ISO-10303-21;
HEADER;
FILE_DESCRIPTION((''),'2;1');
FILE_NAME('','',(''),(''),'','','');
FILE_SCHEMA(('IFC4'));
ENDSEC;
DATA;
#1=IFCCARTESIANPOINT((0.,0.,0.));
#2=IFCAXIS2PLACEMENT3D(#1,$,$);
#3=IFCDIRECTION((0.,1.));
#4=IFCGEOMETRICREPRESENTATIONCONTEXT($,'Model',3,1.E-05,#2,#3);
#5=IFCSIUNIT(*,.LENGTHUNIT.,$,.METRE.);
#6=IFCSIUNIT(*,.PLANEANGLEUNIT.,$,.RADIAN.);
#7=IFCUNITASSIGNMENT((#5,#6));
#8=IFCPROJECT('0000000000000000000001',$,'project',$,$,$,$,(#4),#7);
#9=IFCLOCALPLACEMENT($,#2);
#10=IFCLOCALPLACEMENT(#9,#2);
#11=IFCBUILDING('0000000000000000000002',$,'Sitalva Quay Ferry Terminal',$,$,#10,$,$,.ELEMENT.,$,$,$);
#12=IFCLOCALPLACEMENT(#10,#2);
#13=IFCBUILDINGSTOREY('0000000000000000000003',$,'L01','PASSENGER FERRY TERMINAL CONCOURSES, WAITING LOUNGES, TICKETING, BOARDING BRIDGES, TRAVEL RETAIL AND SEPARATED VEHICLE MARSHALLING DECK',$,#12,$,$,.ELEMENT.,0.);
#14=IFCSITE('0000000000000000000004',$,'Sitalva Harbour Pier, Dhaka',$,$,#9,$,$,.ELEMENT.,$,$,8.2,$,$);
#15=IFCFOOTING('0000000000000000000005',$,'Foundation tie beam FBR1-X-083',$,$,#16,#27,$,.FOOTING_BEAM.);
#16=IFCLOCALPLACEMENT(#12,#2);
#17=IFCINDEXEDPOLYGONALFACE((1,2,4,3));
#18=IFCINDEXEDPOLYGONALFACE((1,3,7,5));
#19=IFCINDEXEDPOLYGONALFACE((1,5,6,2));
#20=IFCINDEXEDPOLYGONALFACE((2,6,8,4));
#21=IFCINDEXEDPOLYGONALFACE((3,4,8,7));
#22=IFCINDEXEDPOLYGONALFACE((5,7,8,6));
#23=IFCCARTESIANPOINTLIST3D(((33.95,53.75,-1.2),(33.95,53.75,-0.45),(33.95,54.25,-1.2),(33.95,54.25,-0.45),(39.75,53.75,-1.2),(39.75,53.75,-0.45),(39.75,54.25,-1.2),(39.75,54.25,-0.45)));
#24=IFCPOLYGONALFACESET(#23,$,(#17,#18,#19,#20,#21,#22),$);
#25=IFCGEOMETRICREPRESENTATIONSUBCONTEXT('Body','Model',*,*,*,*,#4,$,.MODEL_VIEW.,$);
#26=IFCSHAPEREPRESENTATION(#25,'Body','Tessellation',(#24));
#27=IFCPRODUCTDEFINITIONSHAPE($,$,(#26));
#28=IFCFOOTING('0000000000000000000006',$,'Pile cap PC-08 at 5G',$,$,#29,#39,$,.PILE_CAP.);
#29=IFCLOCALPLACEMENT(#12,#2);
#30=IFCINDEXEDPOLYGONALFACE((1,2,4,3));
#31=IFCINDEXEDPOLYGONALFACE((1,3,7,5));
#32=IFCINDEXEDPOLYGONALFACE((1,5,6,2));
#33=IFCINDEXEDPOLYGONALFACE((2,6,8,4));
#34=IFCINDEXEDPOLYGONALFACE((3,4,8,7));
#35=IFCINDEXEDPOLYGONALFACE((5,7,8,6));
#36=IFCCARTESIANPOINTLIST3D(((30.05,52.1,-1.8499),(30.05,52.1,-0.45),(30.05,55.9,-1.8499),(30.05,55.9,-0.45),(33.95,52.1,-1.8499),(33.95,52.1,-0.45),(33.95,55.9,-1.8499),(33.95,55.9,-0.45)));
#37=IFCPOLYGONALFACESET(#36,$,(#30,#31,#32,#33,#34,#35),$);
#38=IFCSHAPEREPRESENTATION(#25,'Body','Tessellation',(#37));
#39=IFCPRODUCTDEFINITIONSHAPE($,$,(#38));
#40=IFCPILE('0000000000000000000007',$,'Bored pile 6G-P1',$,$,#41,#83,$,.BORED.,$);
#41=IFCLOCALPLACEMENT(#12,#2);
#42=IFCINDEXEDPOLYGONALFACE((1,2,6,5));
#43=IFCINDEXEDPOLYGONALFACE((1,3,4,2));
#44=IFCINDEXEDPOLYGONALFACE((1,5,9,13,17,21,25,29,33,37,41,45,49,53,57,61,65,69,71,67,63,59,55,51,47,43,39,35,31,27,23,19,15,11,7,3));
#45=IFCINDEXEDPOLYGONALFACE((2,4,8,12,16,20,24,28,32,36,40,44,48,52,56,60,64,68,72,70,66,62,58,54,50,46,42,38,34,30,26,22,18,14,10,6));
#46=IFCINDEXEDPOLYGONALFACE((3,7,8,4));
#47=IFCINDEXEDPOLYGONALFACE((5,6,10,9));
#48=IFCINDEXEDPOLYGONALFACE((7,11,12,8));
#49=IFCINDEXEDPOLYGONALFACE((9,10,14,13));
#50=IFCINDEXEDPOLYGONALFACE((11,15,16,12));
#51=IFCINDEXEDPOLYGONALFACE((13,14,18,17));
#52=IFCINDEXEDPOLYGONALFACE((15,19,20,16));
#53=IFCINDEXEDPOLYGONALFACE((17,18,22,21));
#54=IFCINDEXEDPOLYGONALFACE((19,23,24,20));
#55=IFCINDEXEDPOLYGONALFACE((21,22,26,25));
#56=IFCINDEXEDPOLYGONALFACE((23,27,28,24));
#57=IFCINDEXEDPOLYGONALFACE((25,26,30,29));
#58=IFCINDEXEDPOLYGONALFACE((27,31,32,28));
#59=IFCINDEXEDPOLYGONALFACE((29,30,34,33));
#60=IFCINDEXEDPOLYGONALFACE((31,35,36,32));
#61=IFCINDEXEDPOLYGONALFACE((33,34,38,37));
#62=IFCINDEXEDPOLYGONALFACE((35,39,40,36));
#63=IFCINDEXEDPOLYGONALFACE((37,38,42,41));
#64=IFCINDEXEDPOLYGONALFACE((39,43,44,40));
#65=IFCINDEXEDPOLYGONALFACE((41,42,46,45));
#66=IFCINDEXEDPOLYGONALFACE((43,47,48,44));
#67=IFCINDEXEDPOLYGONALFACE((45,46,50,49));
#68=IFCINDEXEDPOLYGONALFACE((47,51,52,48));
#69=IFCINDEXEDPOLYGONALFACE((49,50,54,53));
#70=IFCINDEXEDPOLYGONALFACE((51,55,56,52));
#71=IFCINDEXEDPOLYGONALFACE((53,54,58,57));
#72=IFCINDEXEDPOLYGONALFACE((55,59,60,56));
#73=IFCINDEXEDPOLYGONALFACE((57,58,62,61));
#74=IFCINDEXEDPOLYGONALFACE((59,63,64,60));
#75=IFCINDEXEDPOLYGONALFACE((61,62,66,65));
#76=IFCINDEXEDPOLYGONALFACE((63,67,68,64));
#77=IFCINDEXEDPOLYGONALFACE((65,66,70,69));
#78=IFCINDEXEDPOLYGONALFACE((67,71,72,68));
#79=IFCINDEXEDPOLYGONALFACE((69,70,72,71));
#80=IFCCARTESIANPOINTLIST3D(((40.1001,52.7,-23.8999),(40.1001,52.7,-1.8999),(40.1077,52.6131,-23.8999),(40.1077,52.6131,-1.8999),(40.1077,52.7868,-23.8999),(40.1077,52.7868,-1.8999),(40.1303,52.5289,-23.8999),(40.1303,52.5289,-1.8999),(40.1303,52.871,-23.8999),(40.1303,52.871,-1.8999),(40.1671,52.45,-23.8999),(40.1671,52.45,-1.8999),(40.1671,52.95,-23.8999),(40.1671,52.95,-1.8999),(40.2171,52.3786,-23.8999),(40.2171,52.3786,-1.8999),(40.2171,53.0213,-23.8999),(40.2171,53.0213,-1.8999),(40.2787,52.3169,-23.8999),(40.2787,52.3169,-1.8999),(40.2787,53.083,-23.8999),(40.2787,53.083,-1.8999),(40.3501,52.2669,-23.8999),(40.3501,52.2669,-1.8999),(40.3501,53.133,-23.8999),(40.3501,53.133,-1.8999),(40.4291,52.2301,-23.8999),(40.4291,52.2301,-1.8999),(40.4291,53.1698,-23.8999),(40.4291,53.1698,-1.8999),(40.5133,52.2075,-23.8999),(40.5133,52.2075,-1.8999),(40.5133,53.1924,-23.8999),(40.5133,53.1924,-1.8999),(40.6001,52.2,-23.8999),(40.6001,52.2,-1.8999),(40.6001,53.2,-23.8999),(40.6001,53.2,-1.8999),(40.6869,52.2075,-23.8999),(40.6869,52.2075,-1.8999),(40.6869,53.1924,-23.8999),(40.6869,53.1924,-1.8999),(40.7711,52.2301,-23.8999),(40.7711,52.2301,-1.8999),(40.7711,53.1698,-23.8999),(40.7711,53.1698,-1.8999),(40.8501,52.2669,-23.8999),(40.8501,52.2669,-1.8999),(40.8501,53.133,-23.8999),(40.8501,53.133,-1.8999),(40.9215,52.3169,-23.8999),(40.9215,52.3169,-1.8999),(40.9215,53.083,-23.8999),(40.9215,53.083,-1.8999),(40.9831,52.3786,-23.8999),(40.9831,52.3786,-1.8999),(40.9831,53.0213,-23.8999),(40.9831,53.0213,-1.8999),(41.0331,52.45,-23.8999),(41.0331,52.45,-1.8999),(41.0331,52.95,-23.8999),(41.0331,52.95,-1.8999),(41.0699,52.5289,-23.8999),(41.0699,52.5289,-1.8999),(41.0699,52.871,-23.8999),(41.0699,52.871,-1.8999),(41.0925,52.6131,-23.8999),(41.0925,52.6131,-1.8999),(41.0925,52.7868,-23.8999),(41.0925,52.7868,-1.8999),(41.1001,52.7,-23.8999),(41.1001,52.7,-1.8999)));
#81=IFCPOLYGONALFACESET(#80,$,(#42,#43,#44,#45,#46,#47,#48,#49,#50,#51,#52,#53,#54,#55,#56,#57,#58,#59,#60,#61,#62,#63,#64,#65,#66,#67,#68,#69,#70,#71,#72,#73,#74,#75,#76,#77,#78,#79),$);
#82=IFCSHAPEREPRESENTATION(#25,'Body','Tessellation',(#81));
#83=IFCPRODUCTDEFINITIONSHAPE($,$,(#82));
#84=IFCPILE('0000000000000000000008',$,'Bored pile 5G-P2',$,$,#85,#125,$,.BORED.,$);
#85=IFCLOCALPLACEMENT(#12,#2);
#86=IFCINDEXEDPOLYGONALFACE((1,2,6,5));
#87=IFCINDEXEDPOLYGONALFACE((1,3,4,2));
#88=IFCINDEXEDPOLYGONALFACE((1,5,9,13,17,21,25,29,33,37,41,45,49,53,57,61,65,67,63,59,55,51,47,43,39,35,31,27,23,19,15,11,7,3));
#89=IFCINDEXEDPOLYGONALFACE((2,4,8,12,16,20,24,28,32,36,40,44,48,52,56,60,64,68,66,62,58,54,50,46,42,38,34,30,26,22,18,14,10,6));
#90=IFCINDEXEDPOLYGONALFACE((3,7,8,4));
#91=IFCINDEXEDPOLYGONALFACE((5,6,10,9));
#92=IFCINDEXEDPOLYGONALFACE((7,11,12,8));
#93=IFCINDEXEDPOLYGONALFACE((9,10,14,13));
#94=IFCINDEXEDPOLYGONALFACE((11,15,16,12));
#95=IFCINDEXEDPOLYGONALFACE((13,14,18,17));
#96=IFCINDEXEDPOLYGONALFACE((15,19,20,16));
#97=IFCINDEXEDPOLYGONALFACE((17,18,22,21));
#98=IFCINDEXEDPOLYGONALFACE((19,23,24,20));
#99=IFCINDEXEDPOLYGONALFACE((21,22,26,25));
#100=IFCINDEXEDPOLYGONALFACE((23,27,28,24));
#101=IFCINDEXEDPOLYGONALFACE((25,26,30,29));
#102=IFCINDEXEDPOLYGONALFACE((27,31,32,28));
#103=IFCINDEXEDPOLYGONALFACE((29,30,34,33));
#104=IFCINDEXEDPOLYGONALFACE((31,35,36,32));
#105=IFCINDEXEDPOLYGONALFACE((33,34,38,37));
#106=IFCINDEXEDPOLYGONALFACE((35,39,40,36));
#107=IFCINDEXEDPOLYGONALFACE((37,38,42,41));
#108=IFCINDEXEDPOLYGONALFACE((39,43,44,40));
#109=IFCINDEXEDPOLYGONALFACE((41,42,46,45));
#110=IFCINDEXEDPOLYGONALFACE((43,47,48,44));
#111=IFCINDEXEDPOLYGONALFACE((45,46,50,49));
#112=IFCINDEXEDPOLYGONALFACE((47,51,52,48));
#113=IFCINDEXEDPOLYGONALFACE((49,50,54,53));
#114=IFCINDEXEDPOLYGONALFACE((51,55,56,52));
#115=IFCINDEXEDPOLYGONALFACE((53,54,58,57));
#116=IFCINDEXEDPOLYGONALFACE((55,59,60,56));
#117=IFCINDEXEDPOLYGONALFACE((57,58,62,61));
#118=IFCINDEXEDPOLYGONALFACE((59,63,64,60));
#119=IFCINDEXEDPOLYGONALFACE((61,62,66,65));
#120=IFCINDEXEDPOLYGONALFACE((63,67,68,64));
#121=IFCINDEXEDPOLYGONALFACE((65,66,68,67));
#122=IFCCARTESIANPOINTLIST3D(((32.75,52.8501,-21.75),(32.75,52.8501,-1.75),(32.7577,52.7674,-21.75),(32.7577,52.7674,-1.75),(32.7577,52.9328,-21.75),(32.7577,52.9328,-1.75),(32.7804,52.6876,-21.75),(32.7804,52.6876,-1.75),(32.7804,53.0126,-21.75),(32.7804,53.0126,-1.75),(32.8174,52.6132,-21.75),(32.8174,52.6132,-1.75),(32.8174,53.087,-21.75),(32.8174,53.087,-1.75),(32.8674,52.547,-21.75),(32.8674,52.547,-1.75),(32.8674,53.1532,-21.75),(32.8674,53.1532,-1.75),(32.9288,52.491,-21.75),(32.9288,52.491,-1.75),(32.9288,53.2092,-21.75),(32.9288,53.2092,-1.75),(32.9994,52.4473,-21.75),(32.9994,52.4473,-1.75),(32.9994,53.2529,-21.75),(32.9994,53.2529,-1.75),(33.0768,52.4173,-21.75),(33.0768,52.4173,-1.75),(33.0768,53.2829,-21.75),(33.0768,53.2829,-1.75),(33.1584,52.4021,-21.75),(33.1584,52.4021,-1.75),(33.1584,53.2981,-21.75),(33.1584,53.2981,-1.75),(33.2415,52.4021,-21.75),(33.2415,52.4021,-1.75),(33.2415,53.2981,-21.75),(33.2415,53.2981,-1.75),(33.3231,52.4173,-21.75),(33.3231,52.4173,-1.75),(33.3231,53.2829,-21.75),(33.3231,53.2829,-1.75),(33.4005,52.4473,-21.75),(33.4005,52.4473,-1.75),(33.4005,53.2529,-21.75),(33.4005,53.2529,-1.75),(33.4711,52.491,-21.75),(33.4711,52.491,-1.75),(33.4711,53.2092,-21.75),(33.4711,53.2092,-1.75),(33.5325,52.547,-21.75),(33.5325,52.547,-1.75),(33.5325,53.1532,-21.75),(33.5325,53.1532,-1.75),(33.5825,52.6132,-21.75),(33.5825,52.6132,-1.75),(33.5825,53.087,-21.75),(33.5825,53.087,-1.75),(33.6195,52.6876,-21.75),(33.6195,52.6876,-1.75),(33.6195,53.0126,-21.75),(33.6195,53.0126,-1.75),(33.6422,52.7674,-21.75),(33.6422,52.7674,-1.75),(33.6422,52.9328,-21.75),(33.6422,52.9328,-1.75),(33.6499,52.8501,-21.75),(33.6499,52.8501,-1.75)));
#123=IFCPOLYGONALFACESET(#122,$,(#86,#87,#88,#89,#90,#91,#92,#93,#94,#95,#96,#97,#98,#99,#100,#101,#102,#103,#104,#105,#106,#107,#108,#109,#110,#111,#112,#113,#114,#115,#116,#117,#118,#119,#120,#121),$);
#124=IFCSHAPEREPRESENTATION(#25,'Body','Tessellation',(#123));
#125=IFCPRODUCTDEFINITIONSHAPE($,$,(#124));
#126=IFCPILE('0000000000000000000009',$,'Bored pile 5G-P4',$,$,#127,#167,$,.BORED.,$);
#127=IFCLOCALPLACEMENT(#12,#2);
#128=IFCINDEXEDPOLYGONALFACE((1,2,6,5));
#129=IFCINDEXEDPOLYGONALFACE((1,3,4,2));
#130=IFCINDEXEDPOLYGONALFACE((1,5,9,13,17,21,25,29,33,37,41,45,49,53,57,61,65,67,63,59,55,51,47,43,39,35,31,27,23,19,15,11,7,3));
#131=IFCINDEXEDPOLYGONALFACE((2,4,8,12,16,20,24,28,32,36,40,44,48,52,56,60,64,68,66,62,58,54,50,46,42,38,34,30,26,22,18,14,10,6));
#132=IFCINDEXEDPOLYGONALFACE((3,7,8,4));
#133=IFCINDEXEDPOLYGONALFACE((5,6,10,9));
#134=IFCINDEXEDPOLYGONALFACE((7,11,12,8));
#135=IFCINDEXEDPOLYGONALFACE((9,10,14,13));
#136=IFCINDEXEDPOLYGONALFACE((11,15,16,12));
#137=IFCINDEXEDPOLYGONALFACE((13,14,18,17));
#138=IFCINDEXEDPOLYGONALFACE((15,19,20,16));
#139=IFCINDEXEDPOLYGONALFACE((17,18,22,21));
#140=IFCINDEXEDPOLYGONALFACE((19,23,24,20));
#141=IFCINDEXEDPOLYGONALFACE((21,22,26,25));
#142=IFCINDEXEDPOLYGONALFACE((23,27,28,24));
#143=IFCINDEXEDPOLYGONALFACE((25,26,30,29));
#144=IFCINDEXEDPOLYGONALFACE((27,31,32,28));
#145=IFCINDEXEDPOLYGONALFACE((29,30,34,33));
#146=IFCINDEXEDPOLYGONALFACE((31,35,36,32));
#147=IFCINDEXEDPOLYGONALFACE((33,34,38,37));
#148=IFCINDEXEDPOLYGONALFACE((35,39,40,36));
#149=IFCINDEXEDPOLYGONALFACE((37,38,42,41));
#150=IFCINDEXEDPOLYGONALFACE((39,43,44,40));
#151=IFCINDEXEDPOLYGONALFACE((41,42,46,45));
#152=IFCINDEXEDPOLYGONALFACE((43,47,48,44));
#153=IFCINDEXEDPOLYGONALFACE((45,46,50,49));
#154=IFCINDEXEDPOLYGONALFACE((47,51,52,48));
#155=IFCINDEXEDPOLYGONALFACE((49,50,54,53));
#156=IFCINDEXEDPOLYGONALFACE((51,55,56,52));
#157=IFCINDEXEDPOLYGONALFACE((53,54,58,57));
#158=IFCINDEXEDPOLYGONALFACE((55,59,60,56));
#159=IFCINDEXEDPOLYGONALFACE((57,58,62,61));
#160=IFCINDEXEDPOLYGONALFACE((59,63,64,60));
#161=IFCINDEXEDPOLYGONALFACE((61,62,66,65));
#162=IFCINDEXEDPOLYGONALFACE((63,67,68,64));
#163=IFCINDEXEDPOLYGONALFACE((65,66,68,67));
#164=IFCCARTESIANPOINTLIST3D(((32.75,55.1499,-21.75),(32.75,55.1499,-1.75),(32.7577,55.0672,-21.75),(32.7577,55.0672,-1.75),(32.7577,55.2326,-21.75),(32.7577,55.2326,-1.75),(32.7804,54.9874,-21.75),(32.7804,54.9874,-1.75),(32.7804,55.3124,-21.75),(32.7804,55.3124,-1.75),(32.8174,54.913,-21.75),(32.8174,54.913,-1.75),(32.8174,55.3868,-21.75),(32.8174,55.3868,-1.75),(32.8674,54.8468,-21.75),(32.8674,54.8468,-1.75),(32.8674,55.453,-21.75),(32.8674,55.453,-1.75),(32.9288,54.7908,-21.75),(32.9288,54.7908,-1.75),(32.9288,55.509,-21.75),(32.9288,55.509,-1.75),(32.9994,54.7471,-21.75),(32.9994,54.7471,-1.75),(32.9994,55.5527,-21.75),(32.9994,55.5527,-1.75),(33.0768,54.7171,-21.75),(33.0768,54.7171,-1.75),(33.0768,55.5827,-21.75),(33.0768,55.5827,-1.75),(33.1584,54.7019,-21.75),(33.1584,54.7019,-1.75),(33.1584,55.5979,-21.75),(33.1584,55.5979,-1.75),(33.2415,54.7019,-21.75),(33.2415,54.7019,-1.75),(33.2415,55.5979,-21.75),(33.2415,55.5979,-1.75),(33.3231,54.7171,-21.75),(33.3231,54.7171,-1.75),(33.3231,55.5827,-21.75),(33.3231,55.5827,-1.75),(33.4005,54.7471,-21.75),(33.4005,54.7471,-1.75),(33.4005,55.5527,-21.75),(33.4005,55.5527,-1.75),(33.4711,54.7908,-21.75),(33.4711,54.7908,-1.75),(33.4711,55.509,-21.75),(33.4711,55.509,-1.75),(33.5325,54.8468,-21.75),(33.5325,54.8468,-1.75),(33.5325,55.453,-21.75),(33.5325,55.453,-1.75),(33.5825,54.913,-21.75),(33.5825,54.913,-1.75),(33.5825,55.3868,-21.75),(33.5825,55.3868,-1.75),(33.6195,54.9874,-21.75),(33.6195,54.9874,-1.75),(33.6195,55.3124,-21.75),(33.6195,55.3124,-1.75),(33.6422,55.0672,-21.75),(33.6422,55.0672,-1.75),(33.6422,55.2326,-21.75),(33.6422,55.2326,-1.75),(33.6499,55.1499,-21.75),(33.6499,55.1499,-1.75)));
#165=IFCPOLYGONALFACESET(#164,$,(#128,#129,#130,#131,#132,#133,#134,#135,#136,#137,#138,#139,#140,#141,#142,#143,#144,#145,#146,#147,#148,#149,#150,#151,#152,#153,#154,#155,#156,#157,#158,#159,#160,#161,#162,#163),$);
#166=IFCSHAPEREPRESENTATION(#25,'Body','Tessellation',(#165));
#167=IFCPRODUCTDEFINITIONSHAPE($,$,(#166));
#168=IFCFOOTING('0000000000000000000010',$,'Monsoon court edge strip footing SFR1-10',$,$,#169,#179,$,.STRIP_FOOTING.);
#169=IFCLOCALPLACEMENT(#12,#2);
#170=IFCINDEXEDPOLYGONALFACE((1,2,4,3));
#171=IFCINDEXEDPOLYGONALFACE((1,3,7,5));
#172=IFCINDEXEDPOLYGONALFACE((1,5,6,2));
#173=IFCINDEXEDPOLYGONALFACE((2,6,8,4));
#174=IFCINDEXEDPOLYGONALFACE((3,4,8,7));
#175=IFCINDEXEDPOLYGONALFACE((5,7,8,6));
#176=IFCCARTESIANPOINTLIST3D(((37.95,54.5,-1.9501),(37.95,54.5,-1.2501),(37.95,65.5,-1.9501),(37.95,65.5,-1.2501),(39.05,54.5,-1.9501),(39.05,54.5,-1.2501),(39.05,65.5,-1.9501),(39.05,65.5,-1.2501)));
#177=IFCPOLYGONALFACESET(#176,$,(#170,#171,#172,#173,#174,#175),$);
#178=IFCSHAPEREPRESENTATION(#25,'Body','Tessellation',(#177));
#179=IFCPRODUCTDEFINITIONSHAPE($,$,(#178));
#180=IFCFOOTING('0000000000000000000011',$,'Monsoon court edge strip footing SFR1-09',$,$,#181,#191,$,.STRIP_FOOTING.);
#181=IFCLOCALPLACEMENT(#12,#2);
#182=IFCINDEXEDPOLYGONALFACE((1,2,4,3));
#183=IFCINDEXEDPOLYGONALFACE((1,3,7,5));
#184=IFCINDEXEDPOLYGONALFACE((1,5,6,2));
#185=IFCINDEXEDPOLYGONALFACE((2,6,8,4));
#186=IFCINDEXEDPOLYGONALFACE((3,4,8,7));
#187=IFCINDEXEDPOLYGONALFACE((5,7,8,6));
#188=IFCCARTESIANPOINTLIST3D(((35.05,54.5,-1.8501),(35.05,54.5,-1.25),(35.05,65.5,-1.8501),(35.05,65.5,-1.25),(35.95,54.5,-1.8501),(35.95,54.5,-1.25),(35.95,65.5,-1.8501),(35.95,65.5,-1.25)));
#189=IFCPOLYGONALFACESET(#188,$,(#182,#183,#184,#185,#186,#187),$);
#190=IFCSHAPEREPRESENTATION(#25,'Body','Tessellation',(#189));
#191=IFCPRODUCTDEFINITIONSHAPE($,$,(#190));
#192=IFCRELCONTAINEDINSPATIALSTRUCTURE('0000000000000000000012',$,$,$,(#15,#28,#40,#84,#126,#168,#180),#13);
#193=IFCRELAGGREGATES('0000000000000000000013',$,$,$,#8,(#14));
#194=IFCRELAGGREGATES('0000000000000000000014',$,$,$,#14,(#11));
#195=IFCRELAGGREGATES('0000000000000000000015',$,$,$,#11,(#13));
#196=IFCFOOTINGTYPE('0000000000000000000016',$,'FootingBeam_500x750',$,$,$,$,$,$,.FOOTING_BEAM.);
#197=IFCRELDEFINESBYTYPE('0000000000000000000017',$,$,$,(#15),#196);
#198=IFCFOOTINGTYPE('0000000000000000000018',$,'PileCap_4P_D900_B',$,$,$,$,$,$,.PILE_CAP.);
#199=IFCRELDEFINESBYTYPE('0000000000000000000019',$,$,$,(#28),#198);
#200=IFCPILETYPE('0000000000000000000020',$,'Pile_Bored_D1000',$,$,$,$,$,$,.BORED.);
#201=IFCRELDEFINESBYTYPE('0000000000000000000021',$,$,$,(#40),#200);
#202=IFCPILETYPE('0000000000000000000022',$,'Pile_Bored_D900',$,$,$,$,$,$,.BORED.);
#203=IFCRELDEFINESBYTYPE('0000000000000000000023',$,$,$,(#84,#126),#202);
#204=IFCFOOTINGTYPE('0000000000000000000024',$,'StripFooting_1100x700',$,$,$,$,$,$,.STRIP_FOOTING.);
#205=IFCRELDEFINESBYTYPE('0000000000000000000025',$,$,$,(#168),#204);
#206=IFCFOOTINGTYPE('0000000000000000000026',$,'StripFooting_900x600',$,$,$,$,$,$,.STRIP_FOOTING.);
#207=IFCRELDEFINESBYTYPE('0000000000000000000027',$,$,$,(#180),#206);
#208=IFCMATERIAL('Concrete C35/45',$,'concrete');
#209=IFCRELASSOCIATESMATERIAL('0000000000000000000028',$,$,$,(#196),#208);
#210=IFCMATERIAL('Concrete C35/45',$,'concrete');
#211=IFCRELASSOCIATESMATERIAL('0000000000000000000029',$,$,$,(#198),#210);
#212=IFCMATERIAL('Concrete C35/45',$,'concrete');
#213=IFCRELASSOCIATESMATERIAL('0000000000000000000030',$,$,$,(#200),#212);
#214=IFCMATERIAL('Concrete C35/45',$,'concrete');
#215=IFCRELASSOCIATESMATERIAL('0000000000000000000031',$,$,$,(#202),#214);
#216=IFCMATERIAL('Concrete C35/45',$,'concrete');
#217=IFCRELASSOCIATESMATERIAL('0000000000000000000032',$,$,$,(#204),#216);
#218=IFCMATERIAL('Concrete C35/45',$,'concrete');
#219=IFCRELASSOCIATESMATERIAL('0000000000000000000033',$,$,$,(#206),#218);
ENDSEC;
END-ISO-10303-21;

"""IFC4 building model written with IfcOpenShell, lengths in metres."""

from ifc_helpers import new_model, si_unit, direction, frame, origin, origin_2d, place, context, subcontext, project, spatial, rectangle, circle, extrude, material, material_profile, profile_set, type_object, element, save


model = new_model("IFC4")

# Units and contexts
model_context = context("Model", 3, precision=1e-05, world=origin(), true_north=direction((0.0, 1.0)))
body_context = subcontext(model_context, "Body", "Model", "MODEL_VIEW")
ifc_project = project(units=[si_unit("LENGTHUNIT", "METRE"), si_unit("PLANEANGLEUNIT", "RADIAN")], contexts=[model_context])

# Site, building, storey
site_placement = place(None, origin())
site = spatial("IfcSite", under=ifc_project, at=site_placement, Name="Sitalva Harbour Pier, Dhaka", CompositionType="ELEMENT", RefElevation=8.2)
building_placement = place(site_placement, origin())
building = spatial("IfcBuilding", under=site, at=building_placement, Name="Sitalva Quay Ferry Terminal", CompositionType="ELEMENT")
storey_placement = place(building_placement, origin())
storey = spatial("IfcBuildingStorey", under=building, at=storey_placement, Name="L01", Description="PASSENGER FERRY TERMINAL CONCOURSES, WAITING LOUNGES, TICKETING, BOARDING BRIDGES, TRAVEL RETAIL AND SEPARATED VEHICLE MARSHALLING DECK", CompositionType="ELEMENT", Elevation=0.0)

# Footings
ifc_material_1 = material(Name="Concrete C35/45", Category="concrete")
ifc_material_profile_1 = material_profile(ifc_material_1, rectangle(XDim=0.5, YDim=0.75, at=origin_2d()), Name="RC500x750")
ifc_profile_set_1 = profile_set([ifc_material_profile_1], Name="Concrete C35/45")
footing_type_1 = type_object("IfcFootingType", Name="FootingBeam_500x750", PredefinedType="FOOTING_BEAM", material=ifc_profile_set_1)
footing_1_placement = place(storey_placement, frame((33.95, 54.0, -0.825), z_axis=(1.0, 0.0, 0.0), x_axis=(0.0, 1.0, 0.0)))
element("IfcFooting", 1, at=footing_1_placement, inside=storey, type_object=footing_type_1, Name="Foundation tie beam FBR1-X-083", PredefinedType="FOOTING_BEAM", context=body_context, shape_type="SweptSolid", body=[
    extrude(rectangle(XDim=0.5, YDim=0.75, at=origin_2d()), origin(), (0.0, 0.0, 1.0), 5.8),
])
ifc_material_2 = material(Name="Concrete C35/45", Category="concrete")
footing_type_2 = type_object("IfcFootingType", Name="PileCap_4P_D900_B", PredefinedType="PILE_CAP", material=ifc_material_2)
footing_2_placement = place(storey_placement, frame((32.0, 54.0, -1.8499), z_axis=(0.0, 0.0, 1.0), x_axis=(1.0, 0.0, 0.0)))
element("IfcFooting", 2, at=footing_2_placement, inside=storey, type_object=footing_type_2, Name="Pile cap PC-08 at 5G", PredefinedType="PILE_CAP", context=body_context, shape_type="SweptSolid", body=[
    extrude(rectangle(XDim=3.8999, YDim=3.8, at=origin_2d()), origin(), (0.0, 0.0, 1.0), 1.3999),
])

# Piles
ifc_material_3 = material(Name="Concrete C35/45", Category="concrete")
ifc_material_profile_2 = material_profile(ifc_material_3, circle(Radius=0.5, at=origin_2d()), Name="PILE-D1000")
ifc_profile_set_2 = profile_set([ifc_material_profile_2], Name="Concrete C35/45")
pile_type_1 = type_object("IfcPileType", Name="Pile_Bored_D1000", PredefinedType="BORED", material=ifc_profile_set_2)
pile_placement = place(storey_placement, frame((40.6001, 52.7, -1.8999), z_axis=(0.0, 0.0, -1.0), x_axis=(1.0, 0.0, 0.0)))
element("IfcPile", 3, at=pile_placement, inside=storey, type_object=pile_type_1, Name="Bored pile 6G-P1", PredefinedType="BORED", context=body_context, shape_type="SweptSolid", body=[
    extrude(circle(Radius=0.5, at=origin_2d()), origin(), (0.0, 0.0, 1.0), 22.0),
])
ifc_material_4 = material(Name="Concrete C35/45", Category="concrete")
ifc_material_profile_3 = material_profile(ifc_material_4, circle(Radius=0.45, at=origin_2d()), Name="PILE-D900")
ifc_profile_set_3 = profile_set([ifc_material_profile_3], Name="Concrete C35/45")
pile_type_2 = type_object("IfcPileType", Name="Pile_Bored_D900", PredefinedType="BORED", material=ifc_profile_set_3)
for number, where, z_axis, x_axis, name in (
    (4, (33.2, 52.8501, -1.75), (0.0, 0.0, -1.0), (1.0, 0.0, 0.0), "Bored pile 5G-P2"),
    (5, (33.2, 55.1499, -1.75), (0.0, 0.0, -1.0), (1.0, 0.0, 0.0), "Bored pile 5G-P4"),
):
    element("IfcPile", number, at=place(storey_placement, frame(where, z_axis=z_axis, x_axis=x_axis)), inside=storey, type_object=pile_type_2, Name=name, PredefinedType="BORED", context=body_context, shape_type="SweptSolid", body=[
        extrude(circle(Radius=0.45, at=origin_2d()), origin(), (0.0, 0.0, 1.0), 20.0),
    ])

# Footings
ifc_material_5 = material(Name="Concrete C35/45", Category="concrete")
ifc_material_profile_4 = material_profile(ifc_material_5, rectangle(XDim=1.1001, YDim=0.7, at=origin_2d()), Name="RC1100x700")
ifc_profile_set_4 = profile_set([ifc_material_profile_4], Name="Concrete C35/45")
footing_type_3 = type_object("IfcFootingType", Name="StripFooting_1100x700", PredefinedType="STRIP_FOOTING", material=ifc_profile_set_4)
footing_3_placement = place(storey_placement, frame((38.5, 54.5, -1.6001), z_axis=(0.0, 1.0, 0.0), x_axis=(-1.0, 0.0, 0.0)))
element("IfcFooting", 6, at=footing_3_placement, inside=storey, type_object=footing_type_3, Name="Monsoon court edge strip footing SFR1-10", PredefinedType="STRIP_FOOTING", context=body_context, shape_type="SweptSolid", body=[
    extrude(rectangle(XDim=1.1001, YDim=0.7, at=origin_2d()), origin(), (0.0, 0.0, 1.0), 11.0),
])
ifc_material_6 = material(Name="Concrete C35/45", Category="concrete")
ifc_material_profile_5 = material_profile(ifc_material_6, rectangle(XDim=0.8999, YDim=0.6001, at=origin_2d()), Name="RC900x600")
ifc_profile_set_5 = profile_set([ifc_material_profile_5], Name="Concrete C35/45")
footing_type_4 = type_object("IfcFootingType", Name="StripFooting_900x600", PredefinedType="STRIP_FOOTING", material=ifc_profile_set_5)
footing_4_placement = place(storey_placement, frame((35.5, 54.5, -1.55), z_axis=(0.0, 1.0, 0.0), x_axis=(-1.0, 0.0, 0.0)))
element("IfcFooting", 7, at=footing_4_placement, inside=storey, type_object=footing_type_4, Name="Monsoon court edge strip footing SFR1-09", PredefinedType="STRIP_FOOTING", context=body_context, shape_type="SweptSolid", body=[
    extrude(rectangle(XDim=0.8999, YDim=0.6001, at=origin_2d()), origin(), (0.0, 0.0, 1.0), 11.0),
])

save(model, "model.ifc")
